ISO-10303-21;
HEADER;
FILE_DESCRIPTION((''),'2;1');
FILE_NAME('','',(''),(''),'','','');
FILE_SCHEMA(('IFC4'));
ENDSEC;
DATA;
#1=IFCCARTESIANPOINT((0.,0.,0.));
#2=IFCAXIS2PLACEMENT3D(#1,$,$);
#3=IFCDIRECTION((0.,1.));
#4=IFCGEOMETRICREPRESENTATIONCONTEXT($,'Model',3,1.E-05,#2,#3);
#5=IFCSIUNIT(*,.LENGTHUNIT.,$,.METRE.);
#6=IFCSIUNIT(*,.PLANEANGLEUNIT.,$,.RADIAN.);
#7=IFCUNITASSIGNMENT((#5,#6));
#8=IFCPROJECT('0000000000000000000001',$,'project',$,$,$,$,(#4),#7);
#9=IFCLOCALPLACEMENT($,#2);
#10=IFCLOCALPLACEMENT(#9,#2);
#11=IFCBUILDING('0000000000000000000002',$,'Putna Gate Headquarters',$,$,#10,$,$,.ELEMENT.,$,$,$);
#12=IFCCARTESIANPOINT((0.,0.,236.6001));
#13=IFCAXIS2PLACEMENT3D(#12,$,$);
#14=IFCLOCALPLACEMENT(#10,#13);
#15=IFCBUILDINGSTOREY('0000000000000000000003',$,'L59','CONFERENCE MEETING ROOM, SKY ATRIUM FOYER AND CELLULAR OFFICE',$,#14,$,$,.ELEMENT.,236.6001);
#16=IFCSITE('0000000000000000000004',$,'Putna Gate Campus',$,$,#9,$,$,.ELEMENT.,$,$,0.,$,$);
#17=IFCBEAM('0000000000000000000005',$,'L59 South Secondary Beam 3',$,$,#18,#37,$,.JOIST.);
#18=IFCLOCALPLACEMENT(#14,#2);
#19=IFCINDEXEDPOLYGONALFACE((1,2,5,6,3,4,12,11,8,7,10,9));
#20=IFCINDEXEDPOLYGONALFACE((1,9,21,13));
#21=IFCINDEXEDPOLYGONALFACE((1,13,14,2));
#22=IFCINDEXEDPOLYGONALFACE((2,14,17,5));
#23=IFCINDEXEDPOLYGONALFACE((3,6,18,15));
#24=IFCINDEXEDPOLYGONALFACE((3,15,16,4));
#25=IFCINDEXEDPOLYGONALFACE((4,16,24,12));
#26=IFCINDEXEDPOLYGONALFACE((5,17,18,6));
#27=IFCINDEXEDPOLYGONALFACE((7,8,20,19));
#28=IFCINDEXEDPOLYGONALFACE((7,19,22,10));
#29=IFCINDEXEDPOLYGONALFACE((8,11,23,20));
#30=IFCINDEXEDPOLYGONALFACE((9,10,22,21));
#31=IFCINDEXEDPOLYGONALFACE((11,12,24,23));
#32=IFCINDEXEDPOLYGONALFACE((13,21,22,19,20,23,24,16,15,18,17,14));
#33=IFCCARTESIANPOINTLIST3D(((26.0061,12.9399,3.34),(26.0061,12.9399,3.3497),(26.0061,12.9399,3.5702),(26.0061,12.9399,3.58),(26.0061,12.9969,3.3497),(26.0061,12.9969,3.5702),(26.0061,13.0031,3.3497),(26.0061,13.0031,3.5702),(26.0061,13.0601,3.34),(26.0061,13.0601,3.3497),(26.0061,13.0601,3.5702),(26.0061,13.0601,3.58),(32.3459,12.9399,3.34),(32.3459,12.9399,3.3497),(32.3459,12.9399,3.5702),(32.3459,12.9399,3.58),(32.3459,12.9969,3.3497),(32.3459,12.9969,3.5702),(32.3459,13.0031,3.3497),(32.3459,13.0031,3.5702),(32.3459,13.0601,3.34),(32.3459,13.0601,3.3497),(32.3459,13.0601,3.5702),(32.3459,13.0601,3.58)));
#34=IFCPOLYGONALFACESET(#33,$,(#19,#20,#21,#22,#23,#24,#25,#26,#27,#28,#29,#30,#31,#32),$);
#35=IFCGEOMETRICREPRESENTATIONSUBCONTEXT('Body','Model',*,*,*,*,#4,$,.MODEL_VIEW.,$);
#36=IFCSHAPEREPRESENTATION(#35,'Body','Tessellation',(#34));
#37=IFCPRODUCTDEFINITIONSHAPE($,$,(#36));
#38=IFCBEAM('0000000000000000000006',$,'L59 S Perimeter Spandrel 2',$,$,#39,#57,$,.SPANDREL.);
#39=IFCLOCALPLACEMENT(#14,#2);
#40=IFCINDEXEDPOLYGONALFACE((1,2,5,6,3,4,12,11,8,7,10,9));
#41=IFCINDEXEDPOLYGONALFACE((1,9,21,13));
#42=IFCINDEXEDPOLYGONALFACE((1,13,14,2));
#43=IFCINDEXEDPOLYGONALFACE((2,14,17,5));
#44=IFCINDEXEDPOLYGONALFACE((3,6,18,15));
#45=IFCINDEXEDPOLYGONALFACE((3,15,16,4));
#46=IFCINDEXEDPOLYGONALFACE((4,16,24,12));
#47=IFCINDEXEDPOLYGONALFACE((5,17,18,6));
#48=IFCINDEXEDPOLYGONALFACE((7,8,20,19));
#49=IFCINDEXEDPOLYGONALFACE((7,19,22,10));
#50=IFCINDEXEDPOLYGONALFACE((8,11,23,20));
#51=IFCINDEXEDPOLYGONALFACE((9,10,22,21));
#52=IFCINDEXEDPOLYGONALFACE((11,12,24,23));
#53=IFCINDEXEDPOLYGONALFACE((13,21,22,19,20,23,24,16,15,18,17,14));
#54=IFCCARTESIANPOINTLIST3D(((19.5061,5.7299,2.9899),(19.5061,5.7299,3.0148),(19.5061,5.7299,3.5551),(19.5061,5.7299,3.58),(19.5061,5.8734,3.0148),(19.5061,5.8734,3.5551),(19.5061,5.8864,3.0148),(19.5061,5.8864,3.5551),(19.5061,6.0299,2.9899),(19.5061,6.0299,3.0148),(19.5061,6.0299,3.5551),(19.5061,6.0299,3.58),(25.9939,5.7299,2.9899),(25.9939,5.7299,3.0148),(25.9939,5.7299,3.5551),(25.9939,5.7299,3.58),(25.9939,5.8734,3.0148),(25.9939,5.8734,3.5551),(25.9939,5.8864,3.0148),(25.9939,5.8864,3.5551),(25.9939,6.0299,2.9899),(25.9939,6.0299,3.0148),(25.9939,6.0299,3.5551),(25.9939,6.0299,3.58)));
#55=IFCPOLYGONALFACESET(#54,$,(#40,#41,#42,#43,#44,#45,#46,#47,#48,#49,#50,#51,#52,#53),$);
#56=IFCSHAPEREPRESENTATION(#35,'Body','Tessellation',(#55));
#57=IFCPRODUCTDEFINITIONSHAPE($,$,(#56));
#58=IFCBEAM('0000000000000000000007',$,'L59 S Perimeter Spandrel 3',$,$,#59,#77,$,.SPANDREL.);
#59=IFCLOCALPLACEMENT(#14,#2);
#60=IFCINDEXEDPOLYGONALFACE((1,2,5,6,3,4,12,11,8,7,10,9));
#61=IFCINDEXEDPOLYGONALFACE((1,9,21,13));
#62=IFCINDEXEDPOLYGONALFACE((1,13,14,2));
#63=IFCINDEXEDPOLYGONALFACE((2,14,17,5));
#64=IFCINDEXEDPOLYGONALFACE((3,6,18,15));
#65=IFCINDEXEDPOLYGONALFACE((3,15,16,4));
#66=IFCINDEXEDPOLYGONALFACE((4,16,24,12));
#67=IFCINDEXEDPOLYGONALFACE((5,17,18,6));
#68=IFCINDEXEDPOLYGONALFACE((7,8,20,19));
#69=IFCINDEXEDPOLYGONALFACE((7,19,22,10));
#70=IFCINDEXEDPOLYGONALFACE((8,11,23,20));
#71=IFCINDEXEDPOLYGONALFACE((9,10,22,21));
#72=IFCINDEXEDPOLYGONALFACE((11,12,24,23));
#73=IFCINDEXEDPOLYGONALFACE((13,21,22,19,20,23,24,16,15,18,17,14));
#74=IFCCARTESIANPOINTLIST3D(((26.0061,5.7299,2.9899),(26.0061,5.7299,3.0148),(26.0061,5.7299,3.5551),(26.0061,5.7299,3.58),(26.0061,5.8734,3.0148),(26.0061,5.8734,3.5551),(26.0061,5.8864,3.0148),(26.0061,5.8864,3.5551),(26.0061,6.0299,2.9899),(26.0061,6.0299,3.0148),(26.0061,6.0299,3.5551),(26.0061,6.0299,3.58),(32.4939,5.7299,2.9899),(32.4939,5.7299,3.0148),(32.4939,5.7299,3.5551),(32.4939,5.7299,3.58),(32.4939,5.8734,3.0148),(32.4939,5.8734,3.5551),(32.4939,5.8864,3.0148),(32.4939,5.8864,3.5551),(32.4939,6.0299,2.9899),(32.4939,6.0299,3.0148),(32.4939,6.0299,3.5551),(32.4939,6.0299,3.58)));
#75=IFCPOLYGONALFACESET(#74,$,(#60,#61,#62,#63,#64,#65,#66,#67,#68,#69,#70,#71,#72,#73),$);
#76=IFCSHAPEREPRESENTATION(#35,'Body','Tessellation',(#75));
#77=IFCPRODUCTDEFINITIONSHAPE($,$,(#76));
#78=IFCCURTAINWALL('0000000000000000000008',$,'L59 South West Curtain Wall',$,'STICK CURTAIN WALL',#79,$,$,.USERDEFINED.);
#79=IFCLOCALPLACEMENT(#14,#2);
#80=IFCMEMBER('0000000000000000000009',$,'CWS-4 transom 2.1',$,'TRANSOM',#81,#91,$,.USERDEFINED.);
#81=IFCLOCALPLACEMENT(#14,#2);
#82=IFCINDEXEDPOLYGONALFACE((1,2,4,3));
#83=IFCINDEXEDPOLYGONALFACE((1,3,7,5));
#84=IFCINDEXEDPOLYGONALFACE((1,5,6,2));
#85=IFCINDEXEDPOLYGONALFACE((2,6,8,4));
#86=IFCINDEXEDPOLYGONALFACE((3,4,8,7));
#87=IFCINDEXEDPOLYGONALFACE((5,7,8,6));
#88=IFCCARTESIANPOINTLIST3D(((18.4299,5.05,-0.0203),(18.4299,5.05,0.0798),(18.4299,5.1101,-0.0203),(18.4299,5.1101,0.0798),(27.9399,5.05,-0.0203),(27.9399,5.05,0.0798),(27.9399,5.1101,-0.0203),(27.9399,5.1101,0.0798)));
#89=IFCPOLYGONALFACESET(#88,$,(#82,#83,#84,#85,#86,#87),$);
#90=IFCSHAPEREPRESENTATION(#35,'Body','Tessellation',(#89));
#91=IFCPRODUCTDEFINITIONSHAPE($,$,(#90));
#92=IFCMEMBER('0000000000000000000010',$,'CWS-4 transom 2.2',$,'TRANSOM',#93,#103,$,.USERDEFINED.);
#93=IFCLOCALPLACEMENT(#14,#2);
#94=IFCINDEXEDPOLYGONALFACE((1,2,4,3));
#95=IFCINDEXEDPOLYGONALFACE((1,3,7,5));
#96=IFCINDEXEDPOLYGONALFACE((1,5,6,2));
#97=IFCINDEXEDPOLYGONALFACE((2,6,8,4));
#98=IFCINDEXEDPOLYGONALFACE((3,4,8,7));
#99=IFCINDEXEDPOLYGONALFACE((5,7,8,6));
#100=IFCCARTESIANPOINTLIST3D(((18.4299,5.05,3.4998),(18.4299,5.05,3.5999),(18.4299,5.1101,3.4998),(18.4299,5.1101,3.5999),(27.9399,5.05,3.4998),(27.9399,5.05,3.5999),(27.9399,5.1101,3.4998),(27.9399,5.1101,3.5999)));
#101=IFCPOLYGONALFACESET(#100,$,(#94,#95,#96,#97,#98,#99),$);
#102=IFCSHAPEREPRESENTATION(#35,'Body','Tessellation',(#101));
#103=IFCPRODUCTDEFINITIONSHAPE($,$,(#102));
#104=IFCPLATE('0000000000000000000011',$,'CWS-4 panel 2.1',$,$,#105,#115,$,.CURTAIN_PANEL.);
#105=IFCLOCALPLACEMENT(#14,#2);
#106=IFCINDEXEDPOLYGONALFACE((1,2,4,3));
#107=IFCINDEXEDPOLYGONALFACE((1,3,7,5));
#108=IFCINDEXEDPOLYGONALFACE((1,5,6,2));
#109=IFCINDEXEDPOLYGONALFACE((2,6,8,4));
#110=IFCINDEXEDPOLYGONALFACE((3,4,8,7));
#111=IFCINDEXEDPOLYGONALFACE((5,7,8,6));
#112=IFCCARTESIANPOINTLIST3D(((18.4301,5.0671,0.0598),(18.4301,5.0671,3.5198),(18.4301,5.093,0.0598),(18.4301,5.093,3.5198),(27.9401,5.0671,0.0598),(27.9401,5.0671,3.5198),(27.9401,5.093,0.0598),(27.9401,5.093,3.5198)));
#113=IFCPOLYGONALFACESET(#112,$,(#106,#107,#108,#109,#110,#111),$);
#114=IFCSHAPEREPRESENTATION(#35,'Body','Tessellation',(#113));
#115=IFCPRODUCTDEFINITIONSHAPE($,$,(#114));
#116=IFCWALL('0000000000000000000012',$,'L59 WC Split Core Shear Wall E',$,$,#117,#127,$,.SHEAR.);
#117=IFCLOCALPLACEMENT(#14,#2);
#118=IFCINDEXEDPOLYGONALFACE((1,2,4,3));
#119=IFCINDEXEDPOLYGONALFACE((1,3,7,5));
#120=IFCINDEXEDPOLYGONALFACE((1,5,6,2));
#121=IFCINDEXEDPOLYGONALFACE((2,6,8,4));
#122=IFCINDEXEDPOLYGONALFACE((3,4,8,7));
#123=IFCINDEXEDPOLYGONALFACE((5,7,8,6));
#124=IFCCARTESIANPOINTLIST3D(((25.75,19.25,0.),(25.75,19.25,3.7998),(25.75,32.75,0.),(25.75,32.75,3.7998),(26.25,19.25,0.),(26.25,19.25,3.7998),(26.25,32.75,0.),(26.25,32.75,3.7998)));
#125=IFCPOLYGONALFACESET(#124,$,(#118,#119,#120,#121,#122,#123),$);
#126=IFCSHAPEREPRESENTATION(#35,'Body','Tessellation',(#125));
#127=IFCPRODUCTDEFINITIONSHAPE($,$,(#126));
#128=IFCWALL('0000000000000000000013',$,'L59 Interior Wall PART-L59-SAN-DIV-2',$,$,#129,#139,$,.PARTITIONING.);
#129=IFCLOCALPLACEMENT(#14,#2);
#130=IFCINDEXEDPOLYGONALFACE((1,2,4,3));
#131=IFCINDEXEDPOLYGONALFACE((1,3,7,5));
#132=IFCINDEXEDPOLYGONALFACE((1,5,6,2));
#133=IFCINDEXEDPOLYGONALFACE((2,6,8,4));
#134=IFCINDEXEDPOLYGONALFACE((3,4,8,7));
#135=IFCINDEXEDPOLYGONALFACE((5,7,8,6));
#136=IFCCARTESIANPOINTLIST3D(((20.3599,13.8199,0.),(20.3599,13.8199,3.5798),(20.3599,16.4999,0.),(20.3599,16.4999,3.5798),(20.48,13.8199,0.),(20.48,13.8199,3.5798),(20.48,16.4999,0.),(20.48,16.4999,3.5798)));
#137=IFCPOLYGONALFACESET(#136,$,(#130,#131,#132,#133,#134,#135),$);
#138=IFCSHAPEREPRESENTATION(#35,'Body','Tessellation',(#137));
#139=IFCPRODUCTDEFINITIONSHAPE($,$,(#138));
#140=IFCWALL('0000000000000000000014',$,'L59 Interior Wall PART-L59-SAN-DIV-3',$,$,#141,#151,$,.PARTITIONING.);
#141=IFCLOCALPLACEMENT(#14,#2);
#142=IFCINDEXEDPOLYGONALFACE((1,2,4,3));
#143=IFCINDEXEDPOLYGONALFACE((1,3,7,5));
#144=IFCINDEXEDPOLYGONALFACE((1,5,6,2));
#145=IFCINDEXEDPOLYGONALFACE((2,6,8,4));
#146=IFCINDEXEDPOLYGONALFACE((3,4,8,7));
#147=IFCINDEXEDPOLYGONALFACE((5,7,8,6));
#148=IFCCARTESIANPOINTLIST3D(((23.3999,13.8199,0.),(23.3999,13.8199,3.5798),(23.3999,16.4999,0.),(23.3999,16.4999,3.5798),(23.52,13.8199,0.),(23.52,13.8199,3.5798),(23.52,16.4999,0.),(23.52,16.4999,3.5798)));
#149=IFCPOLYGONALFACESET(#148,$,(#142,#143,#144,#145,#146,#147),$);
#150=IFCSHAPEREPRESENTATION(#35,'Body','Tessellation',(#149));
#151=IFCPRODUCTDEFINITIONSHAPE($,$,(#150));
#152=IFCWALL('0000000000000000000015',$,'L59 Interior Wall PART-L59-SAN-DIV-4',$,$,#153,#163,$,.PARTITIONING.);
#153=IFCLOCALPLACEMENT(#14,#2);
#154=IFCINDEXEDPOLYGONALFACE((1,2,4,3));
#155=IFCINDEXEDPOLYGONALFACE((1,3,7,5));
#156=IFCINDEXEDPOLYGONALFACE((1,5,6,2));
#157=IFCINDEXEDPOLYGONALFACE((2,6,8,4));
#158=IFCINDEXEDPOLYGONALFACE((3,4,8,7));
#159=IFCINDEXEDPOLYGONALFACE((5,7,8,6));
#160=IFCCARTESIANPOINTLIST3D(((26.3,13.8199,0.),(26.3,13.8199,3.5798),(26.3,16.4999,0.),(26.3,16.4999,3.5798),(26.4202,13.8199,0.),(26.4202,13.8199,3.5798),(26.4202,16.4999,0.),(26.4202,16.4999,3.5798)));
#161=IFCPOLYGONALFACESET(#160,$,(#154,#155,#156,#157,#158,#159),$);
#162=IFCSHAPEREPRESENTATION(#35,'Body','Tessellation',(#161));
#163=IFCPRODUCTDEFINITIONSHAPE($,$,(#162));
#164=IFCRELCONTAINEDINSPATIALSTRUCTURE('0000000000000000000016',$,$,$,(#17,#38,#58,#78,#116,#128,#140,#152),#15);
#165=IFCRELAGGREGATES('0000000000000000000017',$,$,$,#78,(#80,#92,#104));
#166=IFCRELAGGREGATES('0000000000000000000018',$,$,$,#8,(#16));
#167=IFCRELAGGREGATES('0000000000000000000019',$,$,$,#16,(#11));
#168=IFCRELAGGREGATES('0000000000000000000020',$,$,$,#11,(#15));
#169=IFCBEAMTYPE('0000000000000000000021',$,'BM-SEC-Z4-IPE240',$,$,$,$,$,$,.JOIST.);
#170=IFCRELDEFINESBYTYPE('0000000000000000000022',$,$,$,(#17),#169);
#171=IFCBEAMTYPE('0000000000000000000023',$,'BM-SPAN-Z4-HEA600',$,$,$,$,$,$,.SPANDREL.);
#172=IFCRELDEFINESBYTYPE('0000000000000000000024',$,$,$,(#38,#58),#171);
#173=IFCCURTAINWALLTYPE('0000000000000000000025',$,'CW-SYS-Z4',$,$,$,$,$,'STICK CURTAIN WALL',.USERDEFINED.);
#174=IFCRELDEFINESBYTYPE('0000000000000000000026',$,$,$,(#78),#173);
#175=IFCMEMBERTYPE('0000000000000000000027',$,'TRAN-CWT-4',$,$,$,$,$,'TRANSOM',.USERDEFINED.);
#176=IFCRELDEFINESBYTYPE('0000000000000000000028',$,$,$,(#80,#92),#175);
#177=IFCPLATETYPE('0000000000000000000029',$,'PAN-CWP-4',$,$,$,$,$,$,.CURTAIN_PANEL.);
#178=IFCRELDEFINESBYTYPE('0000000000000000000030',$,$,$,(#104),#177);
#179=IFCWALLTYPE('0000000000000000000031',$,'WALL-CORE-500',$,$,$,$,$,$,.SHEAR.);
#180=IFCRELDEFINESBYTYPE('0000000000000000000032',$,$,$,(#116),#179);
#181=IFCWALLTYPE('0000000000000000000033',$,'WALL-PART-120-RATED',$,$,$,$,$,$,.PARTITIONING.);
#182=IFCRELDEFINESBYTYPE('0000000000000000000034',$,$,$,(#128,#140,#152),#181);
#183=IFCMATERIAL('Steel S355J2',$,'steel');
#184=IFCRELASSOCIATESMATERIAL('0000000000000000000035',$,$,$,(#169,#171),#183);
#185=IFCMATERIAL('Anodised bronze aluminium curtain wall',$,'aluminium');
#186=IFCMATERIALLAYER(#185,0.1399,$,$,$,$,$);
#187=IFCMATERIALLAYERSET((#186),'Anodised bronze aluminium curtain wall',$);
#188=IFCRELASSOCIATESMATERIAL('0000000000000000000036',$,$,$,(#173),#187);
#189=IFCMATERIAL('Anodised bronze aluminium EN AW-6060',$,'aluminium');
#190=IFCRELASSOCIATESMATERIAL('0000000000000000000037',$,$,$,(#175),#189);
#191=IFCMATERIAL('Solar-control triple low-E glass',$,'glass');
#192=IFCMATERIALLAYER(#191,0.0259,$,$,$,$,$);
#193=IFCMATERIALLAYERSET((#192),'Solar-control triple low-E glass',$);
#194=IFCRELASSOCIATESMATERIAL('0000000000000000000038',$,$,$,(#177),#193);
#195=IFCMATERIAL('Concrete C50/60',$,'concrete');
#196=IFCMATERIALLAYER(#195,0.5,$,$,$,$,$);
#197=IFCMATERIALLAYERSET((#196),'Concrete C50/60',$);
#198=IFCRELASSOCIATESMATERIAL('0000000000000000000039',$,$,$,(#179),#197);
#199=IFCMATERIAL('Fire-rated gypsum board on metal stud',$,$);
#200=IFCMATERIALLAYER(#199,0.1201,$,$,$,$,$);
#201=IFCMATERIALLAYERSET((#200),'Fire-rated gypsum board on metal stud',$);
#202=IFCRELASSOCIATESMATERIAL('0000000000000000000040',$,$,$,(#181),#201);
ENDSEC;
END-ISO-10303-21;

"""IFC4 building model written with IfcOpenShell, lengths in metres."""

from ifc_helpers import new_model, si_unit, direction, frame, frame_2d, origin, origin_2d, place, context, subcontext, project, spatial, rectangle, i_section, extrude, material, layer, layer_set, material_profile, profile_set, type_object, element, aggregate, save


model = new_model("IFC4")

# Units and contexts
model_context = context("Model", 3, precision=1e-05, world=origin(), true_north=direction((0.0, 1.0)))
body_context = subcontext(model_context, "Body", "Model", "MODEL_VIEW")
ifc_project = project(units=[si_unit("LENGTHUNIT", "METRE"), si_unit("PLANEANGLEUNIT", "RADIAN")], contexts=[model_context])

# Site, building, storey
site_placement = place(None, origin())
site = spatial("IfcSite", under=ifc_project, at=site_placement, Name="Putna Gate Campus", CompositionType="ELEMENT", RefElevation=0.0)
building_placement = place(site_placement, origin())
building = spatial("IfcBuilding", under=site, at=building_placement, Name="Putna Gate Headquarters", CompositionType="ELEMENT")
storey_placement = place(building_placement, frame((0.0, 0.0, 236.6001)))
storey = spatial("IfcBuildingStorey", under=building, at=storey_placement, Name="L59", Description="CONFERENCE MEETING ROOM, SKY ATRIUM FOYER AND CELLULAR OFFICE", CompositionType="ELEMENT", Elevation=236.6001)

# Beams
ifc_material_1 = material(Name="Steel S355J2", Category="steel")
ifc_material_profile_1 = material_profile(ifc_material_1, i_section(OverallWidth=0.1201, OverallDepth=0.24, WebThickness=0.0061, FlangeThickness=0.0098, at=origin_2d()), Name="Steel S355J2")
ifc_profile_set_1 = profile_set([ifc_material_profile_1], Name="Steel S355J2")
beam_type_1 = type_object("IfcBeamType", Name="BM-SEC-Z4-IPE240", PredefinedType="JOIST", material=ifc_profile_set_1)
for number, where, z_axis, x_axis, name in (
    (1, (26.0061, 13.0, 3.46), (1.0, 0.0, 0.0), (0.0, 1.0, 0.0), "L59 South Secondary Beam 3"),
):
    element("IfcBeam", number, at=place(storey_placement, frame(where, z_axis=z_axis, x_axis=x_axis)), inside=storey, type_object=beam_type_1, Name=name, PredefinedType="JOIST", context=body_context, shape_type="SweptSolid", body=[
        extrude(i_section(OverallWidth=0.1201, OverallDepth=0.24, WebThickness=0.0061, FlangeThickness=0.0098, at=origin_2d()), origin(), (0.0, 0.0, 1.0), 6.3398),
    ])
ifc_material_profile_2 = material_profile(ifc_material_1, i_section(OverallWidth=0.3, OverallDepth=0.5901, WebThickness=0.0129, FlangeThickness=0.0249, at=origin_2d()), Name="Steel S355J2")
ifc_profile_set_2 = profile_set([ifc_material_profile_2], Name="Steel S355J2")
beam_type_2 = type_object("IfcBeamType", Name="BM-SPAN-Z4-HEA600", PredefinedType="SPANDREL", material=ifc_profile_set_2)
for number, where, z_axis, x_axis, name in (
    (2, (19.5061, 5.8799, 3.2849), (1.0, 0.0, 0.0), (0.0, 1.0, 0.0), "L59 S Perimeter Spandrel 2"),
    (3, (26.0061, 5.8799, 3.2849), (1.0, 0.0, 0.0), (0.0, 1.0, 0.0), "L59 S Perimeter Spandrel 3"),
):
    element("IfcBeam", number, at=place(storey_placement, frame(where, z_axis=z_axis, x_axis=x_axis)), inside=storey, type_object=beam_type_2, Name=name, PredefinedType="SPANDREL", context=body_context, shape_type="SweptSolid", body=[
        extrude(i_section(OverallWidth=0.3, OverallDepth=0.5901, WebThickness=0.0129, FlangeThickness=0.0249, at=origin_2d()), origin(), (0.0, 0.0, 1.0), 6.4878),
    ])

# Curtain wall, members, plate
ifc_material_2 = material(Name="Anodised bronze aluminium curtain wall", Category="aluminium")
ifc_layer_1 = layer(ifc_material_2, 0.1399)
ifc_layer_set_1 = layer_set([ifc_layer_1], Name="Anodised bronze aluminium curtain wall")
curtain_wall_type = type_object("IfcCurtainWallType", Name="CW-SYS-Z4", ElementType="STICK CURTAIN WALL", PredefinedType="USERDEFINED", material=ifc_layer_set_1)
curtain_wall_placement = place(storey_placement, origin())
curtain_wall = element("IfcCurtainWall", 4, at=curtain_wall_placement, inside=storey, type_object=curtain_wall_type, Name="L59 South West Curtain Wall", ObjectType="STICK CURTAIN WALL", PredefinedType="USERDEFINED")
ifc_material_3 = material(Name="Anodised bronze aluminium EN AW-6060", Category="aluminium")
ifc_material_profile_3 = material_profile(ifc_material_3, rectangle(XDim=0.0601, YDim=0.1001, at=origin_2d()), Name="Anodised bronze aluminium EN AW-6060")
ifc_profile_set_3 = profile_set([ifc_material_profile_3], Name="Anodised bronze aluminium EN AW-6060")
member_type = type_object("IfcMemberType", Name="TRAN-CWT-4", ElementType="TRANSOM", PredefinedType="USERDEFINED", material=ifc_profile_set_3)
member_1_placement = place(storey_placement, frame((18.4299, 5.0801, 0.0298), z_axis=(1.0, 0.0, 0.0), x_axis=(0.0, 1.0, 0.0)))
member_1 = element("IfcMember", 5, at=member_1_placement, type_object=member_type, Name="CWS-4 transom 2.1", ObjectType="TRANSOM", PredefinedType="USERDEFINED", context=body_context, shape_type="SweptSolid", body=[
    extrude(rectangle(XDim=0.0601, YDim=0.1001, at=origin_2d()), origin(), (0.0, 0.0, 1.0), 9.51),
])
member_2_placement = place(storey_placement, frame((18.4299, 5.0801, 3.5498), z_axis=(1.0, 0.0, 0.0), x_axis=(0.0, 1.0, 0.0)))
member_2 = element("IfcMember", 6, at=member_2_placement, type_object=member_type, Name="CWS-4 transom 2.2", ObjectType="TRANSOM", PredefinedType="USERDEFINED", context=body_context, shape_type="SweptSolid", body=[
    extrude(rectangle(XDim=0.0601, YDim=0.1001, at=origin_2d()), origin(), (0.0, 0.0, 1.0), 9.51),
])
ifc_material_4 = material(Name="Solar-control triple low-E glass", Category="glass")
ifc_layer_2 = layer(ifc_material_4, 0.0259)
ifc_layer_set_2 = layer_set([ifc_layer_2], Name="Solar-control triple low-E glass")
plate_type = type_object("IfcPlateType", Name="PAN-CWP-4", PredefinedType="CURTAIN_PANEL", material=ifc_layer_set_2)
plate_placement = place(storey_placement, frame((23.1851, 5.0801, 0.0598), z_axis=(0.0, 0.0, 1.0), x_axis=(1.0, 0.0, 0.0)))
plate = element("IfcPlate", 7, at=plate_placement, type_object=plate_type, Name="CWS-4 panel 2.1", PredefinedType="CURTAIN_PANEL", context=body_context, shape_type="SweptSolid", body=[
    extrude(rectangle(XDim=9.51, YDim=0.0259, at=origin_2d()), origin(), (0.0, 0.0, 1.0), 3.46),
])
aggregate(curtain_wall, [member_1, member_2, plate])

# Walls
ifc_material_5 = material(Name="Concrete C50/60", Category="concrete")
ifc_layer_3 = layer(ifc_material_5, 0.5)
ifc_layer_set_3 = layer_set([ifc_layer_3], Name="Concrete C50/60")
wall_type_1 = type_object("IfcWallType", Name="WALL-CORE-500", PredefinedType="SHEAR", material=ifc_layer_set_3)
wall_1_placement = place(storey_placement, frame((26.0, 19.25, 0.0), z_axis=(0.0, 0.0, 1.0), x_axis=(0.0, 1.0, 0.0)))
element("IfcWall", 8, at=wall_1_placement, inside=storey, type_object=wall_type_1, Name="L59 WC Split Core Shear Wall E", PredefinedType="SHEAR", context=body_context, shape_type="SweptSolid", body=[
    extrude(rectangle(XDim=13.5, YDim=0.5, at=frame_2d((6.75, 0.0))), origin(), (0.0, 0.0, 1.0), 3.7998),
])
ifc_material_6 = material(Name="Fire-rated gypsum board on metal stud")
ifc_layer_4 = layer(ifc_material_6, 0.1201)
ifc_layer_set_4 = layer_set([ifc_layer_4], Name="Fire-rated gypsum board on metal stud")
wall_type_2 = type_object("IfcWallType", Name="WALL-PART-120-RATED", PredefinedType="PARTITIONING", material=ifc_layer_set_4)
for number, where, z_axis, x_axis, name in (
    (9, (20.4199, 13.8201, 0.0), (0.0, 0.0, 1.0), (0.0, 1.0, 0.0), "L59 Interior Wall PART-L59-SAN-DIV-2"),
    (10, (23.46, 13.8201, 0.0), (0.0, 0.0, 1.0), (0.0, 1.0, 0.0), "L59 Interior Wall PART-L59-SAN-DIV-3"),
    (11, (26.3601, 13.8201, 0.0), (0.0, 0.0, 1.0), (0.0, 1.0, 0.0), "L59 Interior Wall PART-L59-SAN-DIV-4"),
):
    element("IfcWall", number, at=place(storey_placement, frame(where, z_axis=z_axis, x_axis=x_axis)), inside=storey, type_object=wall_type_2, Name=name, PredefinedType="PARTITIONING", context=body_context, shape_type="SweptSolid", body=[
        extrude(rectangle(XDim=2.6799, YDim=0.1201, at=frame_2d((1.3398, 0.0))), origin(), (0.0, 0.0, 1.0), 3.5798),
    ])

save(model, "model.ifc")
